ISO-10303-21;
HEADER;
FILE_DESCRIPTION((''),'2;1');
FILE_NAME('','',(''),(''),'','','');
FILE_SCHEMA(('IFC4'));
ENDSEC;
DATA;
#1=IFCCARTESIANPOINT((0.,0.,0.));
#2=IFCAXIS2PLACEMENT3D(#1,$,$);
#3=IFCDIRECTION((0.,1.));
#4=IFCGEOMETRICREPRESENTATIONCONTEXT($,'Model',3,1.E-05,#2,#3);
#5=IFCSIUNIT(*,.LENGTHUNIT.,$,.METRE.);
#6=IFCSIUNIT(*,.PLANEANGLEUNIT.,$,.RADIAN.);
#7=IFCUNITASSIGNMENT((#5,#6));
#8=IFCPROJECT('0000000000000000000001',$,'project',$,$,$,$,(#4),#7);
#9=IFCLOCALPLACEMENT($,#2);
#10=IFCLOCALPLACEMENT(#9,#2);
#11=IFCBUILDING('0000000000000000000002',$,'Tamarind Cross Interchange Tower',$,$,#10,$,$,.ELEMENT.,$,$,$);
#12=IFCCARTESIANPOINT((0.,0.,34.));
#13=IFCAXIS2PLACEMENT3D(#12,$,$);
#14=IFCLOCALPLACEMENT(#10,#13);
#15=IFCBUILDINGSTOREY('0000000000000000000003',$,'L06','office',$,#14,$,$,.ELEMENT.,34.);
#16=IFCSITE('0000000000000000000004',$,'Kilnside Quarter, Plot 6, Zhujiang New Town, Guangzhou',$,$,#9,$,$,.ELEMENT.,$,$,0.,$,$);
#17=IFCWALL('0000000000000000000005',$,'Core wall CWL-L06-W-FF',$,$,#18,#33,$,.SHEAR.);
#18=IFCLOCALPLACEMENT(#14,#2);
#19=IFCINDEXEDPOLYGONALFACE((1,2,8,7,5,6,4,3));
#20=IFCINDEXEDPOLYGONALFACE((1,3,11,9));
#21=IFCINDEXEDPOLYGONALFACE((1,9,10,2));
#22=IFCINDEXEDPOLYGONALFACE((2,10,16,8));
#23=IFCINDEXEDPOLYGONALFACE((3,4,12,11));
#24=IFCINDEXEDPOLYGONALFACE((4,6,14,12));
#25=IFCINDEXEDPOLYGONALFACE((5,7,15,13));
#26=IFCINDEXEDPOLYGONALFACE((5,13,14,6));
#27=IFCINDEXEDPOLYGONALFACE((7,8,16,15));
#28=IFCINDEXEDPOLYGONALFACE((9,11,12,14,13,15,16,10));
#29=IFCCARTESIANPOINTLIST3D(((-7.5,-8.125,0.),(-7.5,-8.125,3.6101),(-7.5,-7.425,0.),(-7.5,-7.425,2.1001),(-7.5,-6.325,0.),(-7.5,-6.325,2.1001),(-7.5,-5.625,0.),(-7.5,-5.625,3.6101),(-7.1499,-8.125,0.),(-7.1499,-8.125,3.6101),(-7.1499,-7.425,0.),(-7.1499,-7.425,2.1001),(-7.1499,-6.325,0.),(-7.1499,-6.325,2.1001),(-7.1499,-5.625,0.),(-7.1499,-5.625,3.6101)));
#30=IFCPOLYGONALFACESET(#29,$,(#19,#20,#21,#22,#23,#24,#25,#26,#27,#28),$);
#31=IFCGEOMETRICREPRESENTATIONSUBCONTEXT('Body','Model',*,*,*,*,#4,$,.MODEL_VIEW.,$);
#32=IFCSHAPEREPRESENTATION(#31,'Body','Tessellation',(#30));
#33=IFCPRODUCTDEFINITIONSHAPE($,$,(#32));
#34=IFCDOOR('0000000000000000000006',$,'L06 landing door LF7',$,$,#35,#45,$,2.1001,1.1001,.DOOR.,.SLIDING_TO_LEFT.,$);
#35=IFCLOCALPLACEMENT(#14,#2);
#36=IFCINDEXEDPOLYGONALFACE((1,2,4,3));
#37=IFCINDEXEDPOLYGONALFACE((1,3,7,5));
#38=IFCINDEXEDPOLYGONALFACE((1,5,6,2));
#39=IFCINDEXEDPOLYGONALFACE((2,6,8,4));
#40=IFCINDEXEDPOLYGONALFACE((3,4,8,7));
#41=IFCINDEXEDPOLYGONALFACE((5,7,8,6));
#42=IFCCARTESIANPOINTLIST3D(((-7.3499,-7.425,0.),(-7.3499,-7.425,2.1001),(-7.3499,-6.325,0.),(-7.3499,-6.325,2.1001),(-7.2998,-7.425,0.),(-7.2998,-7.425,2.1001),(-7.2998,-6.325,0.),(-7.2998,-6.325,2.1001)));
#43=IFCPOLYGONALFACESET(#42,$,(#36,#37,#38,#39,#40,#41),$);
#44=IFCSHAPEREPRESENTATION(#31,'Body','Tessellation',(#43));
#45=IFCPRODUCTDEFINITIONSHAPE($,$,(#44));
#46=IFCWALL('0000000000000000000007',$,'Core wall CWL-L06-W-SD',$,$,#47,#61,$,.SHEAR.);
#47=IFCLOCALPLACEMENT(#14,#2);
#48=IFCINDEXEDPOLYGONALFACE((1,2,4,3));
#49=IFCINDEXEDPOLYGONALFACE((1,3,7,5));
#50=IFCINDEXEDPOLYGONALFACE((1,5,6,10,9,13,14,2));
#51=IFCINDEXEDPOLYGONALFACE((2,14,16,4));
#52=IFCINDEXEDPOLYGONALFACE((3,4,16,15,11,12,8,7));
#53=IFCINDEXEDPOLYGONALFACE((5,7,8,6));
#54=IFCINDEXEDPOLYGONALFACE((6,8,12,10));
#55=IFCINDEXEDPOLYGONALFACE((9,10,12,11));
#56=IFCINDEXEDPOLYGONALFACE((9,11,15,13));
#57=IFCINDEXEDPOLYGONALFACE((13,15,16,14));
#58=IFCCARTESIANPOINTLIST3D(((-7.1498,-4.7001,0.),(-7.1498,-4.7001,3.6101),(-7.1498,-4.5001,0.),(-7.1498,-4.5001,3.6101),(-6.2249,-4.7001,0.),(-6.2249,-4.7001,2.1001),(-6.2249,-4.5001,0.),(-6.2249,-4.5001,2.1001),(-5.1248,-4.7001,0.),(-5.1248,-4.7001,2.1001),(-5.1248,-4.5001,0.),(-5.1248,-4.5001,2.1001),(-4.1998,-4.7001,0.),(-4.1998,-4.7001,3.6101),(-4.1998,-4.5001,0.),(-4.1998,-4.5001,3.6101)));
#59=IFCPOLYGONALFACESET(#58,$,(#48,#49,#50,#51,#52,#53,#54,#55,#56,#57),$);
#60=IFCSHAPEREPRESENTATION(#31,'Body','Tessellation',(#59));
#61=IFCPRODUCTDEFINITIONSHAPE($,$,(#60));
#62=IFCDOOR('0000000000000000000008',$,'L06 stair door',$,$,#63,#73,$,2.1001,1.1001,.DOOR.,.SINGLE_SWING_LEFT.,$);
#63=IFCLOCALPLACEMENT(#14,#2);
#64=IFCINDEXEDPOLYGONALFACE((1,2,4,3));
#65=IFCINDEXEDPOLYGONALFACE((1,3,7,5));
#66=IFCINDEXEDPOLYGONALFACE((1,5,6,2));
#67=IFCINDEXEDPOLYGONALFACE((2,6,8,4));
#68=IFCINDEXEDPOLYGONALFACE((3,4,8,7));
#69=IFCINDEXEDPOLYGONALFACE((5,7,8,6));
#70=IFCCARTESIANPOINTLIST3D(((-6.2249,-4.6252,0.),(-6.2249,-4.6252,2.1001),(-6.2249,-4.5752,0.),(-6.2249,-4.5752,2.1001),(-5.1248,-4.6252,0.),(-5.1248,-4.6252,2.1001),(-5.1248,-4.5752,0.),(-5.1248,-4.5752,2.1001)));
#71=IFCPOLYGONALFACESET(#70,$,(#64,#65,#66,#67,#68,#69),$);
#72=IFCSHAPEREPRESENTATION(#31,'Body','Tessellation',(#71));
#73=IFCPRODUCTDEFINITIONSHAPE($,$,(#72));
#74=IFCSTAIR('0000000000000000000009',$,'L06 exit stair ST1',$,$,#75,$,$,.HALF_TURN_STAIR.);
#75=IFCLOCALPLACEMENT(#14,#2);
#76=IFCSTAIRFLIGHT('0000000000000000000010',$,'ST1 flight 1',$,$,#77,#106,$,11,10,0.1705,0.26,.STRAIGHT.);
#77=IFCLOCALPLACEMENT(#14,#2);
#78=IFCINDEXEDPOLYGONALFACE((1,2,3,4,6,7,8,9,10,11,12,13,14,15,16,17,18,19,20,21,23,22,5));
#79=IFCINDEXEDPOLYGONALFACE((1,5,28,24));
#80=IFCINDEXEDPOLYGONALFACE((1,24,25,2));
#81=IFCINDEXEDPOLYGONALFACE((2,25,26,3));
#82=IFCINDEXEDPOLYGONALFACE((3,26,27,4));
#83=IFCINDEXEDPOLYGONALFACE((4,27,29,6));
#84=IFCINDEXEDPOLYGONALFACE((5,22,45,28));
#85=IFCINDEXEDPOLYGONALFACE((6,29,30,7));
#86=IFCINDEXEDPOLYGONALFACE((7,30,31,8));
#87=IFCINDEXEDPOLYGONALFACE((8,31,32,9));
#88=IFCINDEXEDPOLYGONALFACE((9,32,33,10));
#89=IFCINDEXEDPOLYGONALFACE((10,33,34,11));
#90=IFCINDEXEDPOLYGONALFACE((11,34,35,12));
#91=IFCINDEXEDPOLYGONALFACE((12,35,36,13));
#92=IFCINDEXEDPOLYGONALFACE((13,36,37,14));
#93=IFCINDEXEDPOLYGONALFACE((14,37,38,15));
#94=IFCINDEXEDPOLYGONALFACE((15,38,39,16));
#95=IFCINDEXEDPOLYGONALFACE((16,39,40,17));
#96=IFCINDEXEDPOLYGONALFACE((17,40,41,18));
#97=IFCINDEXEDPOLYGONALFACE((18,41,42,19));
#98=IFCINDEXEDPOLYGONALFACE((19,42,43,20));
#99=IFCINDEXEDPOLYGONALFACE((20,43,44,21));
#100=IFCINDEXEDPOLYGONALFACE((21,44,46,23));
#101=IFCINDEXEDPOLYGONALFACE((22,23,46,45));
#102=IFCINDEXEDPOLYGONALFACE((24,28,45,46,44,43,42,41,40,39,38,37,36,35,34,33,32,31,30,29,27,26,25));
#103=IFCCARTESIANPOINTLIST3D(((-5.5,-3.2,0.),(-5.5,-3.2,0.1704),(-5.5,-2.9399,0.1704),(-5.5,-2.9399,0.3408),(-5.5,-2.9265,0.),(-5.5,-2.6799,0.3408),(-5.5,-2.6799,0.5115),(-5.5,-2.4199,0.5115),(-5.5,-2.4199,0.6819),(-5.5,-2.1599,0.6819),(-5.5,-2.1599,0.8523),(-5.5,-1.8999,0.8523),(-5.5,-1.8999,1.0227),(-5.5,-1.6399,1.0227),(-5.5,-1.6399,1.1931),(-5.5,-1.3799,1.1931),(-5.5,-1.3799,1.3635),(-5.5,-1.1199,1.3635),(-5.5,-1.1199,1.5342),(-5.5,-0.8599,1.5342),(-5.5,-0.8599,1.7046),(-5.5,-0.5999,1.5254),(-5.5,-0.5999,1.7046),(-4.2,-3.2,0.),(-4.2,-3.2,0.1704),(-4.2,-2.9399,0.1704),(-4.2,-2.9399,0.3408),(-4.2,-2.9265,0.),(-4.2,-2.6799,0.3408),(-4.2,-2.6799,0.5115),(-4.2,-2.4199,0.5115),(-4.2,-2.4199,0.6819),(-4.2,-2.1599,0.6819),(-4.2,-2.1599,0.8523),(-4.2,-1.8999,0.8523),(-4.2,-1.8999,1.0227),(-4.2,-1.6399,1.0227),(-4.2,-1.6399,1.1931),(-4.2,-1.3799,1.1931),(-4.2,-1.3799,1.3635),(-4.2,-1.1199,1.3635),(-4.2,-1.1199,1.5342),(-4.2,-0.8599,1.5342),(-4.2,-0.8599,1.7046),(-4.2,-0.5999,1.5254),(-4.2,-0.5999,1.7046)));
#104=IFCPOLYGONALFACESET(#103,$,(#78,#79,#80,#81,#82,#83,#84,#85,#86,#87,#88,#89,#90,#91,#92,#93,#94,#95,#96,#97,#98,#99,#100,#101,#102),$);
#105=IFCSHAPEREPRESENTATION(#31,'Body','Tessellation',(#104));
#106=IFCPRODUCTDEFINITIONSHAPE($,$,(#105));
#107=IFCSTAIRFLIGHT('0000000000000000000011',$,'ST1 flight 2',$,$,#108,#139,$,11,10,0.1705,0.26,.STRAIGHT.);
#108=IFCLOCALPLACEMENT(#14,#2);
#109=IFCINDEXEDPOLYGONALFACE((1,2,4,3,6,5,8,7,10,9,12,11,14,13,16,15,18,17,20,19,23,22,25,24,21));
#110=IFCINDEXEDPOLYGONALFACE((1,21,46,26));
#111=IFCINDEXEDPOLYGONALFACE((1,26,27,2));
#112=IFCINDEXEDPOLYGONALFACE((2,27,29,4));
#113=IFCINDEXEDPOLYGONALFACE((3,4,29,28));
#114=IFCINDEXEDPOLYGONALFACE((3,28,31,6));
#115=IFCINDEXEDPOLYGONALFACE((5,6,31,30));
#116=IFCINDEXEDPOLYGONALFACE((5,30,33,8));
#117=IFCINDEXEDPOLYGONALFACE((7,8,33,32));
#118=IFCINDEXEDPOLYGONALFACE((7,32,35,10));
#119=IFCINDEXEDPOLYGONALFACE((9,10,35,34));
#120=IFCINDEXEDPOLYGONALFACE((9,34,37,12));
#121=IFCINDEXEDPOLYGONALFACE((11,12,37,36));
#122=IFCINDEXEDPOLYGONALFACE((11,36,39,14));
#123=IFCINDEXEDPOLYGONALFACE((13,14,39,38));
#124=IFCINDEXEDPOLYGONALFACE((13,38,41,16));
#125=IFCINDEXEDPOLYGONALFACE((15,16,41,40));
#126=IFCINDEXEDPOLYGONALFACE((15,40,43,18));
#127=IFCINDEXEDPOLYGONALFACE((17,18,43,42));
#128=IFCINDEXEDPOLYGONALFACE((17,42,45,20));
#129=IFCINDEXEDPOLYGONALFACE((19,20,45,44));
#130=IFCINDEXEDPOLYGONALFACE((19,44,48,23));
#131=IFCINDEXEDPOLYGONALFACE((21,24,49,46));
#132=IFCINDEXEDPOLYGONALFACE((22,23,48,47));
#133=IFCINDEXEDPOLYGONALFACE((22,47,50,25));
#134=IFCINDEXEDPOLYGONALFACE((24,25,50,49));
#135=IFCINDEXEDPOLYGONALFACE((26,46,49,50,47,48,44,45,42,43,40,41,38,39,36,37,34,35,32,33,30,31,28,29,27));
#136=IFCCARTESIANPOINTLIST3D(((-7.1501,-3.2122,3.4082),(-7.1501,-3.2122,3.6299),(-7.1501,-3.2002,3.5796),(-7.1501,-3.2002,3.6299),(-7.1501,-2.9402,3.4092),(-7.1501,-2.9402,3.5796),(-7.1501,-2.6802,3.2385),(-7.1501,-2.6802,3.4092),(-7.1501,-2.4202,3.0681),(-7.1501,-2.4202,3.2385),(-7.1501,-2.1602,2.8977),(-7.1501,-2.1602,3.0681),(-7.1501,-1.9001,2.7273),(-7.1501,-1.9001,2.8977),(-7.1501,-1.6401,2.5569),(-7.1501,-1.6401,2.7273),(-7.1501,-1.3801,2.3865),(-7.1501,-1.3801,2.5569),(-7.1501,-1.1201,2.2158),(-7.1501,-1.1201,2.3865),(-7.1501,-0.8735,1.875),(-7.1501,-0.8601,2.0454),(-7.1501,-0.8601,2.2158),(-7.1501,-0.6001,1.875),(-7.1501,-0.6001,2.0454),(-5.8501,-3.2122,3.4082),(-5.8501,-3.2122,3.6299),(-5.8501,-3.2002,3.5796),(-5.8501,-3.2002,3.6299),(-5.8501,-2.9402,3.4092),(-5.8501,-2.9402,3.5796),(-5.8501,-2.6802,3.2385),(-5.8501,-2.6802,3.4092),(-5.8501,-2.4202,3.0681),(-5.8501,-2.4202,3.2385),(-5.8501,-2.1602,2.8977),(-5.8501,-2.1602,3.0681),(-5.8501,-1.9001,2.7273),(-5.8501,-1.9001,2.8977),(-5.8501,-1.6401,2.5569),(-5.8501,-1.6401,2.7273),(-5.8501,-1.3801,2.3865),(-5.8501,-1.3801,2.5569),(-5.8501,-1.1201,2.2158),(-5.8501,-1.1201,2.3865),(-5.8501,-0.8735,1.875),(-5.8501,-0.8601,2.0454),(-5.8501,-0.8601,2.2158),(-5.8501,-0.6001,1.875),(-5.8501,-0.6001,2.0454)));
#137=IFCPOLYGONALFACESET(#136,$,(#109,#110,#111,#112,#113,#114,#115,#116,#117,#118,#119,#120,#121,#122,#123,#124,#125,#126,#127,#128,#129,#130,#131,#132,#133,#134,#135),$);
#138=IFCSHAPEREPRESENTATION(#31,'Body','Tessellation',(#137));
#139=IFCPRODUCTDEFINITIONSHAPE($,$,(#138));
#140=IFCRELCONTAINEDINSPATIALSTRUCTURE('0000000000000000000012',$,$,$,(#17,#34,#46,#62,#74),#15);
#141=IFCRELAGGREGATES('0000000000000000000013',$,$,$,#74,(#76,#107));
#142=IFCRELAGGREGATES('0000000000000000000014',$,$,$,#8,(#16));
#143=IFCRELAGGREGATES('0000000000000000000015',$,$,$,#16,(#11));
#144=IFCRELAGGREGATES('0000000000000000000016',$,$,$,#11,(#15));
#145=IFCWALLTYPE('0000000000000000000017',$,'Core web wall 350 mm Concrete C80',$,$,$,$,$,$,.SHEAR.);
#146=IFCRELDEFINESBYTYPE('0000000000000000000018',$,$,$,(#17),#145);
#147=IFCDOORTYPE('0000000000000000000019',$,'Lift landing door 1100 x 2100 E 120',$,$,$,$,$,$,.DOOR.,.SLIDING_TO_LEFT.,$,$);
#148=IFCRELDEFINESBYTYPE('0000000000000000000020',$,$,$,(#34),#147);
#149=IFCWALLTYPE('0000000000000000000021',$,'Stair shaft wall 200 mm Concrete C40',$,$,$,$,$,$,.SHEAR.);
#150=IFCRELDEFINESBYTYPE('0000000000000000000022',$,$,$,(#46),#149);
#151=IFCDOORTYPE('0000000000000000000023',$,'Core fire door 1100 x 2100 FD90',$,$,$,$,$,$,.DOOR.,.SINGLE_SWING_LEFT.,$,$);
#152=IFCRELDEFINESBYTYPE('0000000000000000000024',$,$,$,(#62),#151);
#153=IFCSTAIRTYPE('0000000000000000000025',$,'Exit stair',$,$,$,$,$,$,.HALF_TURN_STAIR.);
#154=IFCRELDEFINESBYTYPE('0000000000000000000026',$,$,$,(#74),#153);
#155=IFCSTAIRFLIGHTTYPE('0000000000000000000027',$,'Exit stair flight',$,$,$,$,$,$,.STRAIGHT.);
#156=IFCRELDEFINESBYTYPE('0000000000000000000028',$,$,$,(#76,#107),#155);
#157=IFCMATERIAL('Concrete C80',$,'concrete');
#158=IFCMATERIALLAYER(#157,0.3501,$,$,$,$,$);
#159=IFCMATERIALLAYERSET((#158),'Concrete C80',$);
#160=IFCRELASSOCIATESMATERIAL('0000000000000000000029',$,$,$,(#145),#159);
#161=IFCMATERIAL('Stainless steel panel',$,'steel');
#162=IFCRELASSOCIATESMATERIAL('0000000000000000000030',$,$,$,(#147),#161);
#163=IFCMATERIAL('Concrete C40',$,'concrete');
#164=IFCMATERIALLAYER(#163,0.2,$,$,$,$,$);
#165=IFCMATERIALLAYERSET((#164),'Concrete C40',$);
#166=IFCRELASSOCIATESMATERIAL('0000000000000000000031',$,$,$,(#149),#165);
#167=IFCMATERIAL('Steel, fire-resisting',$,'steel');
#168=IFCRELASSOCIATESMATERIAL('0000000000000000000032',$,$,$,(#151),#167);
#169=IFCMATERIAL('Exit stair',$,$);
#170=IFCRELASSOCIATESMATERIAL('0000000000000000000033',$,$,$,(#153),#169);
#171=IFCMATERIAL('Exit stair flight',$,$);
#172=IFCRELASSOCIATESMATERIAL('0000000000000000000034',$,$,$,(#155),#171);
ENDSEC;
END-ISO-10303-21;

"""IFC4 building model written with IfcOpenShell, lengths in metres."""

from ifc_helpers import new_model, si_unit, direction, frame, frame_2d, origin, place, context, subcontext, project, spatial, polyline, rectangle, outline, extrude, material, layer, layer_set, type_object, element, fill, aggregate, save


model = new_model("IFC4")

# Units and contexts
model_context = context("Model", 3, precision=1e-05, world=origin(), true_north=direction((0.0, 1.0)))
body_context = subcontext(model_context, "Body", "Model", "MODEL_VIEW")
ifc_project = project(units=[si_unit("LENGTHUNIT", "METRE"), si_unit("PLANEANGLEUNIT", "RADIAN")], contexts=[model_context])

# Site, building, storey
site_placement = place(None, origin())
site = spatial("IfcSite", under=ifc_project, at=site_placement, Name="Kilnside Quarter, Plot 6, Zhujiang New Town, Guangzhou", CompositionType="ELEMENT", RefElevation=0.0)
building_placement = place(site_placement, origin())
building = spatial("IfcBuilding", under=site, at=building_placement, Name="Tamarind Cross Interchange Tower", CompositionType="ELEMENT")
storey_placement = place(building_placement, frame((0.0, 0.0, 34.0)))
storey = spatial("IfcBuildingStorey", under=building, at=storey_placement, Name="L06", Description="office", CompositionType="ELEMENT", Elevation=34.0)

# Shared definitions
ifc_material_1 = material(Name="Concrete C80", Category="concrete")
ifc_material_2 = material(Name="Steel, fire-resisting", Category="steel")

# Shared definitions
ifc_layer_1 = layer(ifc_material_1, 0.3501)
ifc_layer_set_1 = layer_set([ifc_layer_1], Name="Concrete C80")
wall_type_1 = type_object("IfcWallType", Name="Core web wall 350 mm Concrete C80", PredefinedType="SHEAR", material=ifc_layer_set_1)

# Walls, openings, doors
wall_1_placement = place(storey_placement, frame((-7.325, -8.125, 0.0), z_axis=(0.0, 0.0, 1.0), x_axis=(0.0, 1.0, 0.0)))
wall_1 = element("IfcWall", 1, at=wall_1_placement, inside=storey, type_object=wall_type_1, Name="Core wall CWL-L06-W-FF", PredefinedType="SHEAR", context=body_context, shape_type="SweptSolid", body=[
    extrude(rectangle(XDim=2.5, YDim=0.3501, at=frame_2d((1.25, 0.0))), origin(), (0.0, 0.0, 1.0), 3.6101),
])
opening_1_placement = place(wall_1_placement, frame((0.7, 0.0, 0.0)))
opening_1 = element("IfcOpeningElement", 2, at=opening_1_placement, cuts=wall_1, PredefinedType="OPENING", context=body_context, shape_type="SweptSolid", body=[
    extrude(rectangle(XDim=1.1001, YDim=2.1001, at=frame_2d((0.55, 1.05))), frame((0.0, 0.1851, 0.0), z_axis=(0.0, -1.0, 0.0), x_axis=(1.0, 0.0, 0.0)), (0.0, 0.0, 1.0), 0.3701),
])
ifc_material_3 = material(Name="Stainless steel panel", Category="steel")
door_type_1 = type_object("IfcDoorType", Name="Lift landing door 1100 x 2100 E 120", OperationType="SLIDING_TO_LEFT", PredefinedType="DOOR", material=ifc_material_3)
door_1_placement = place(opening_1_placement, origin())
door_1 = element("IfcDoor", 3, at=door_1_placement, inside=storey, type_object=door_type_1, Name="L06 landing door LF7", OperationType="SLIDING_TO_LEFT", OverallHeight=2.1001, OverallWidth=1.1001, PredefinedType="DOOR", context=body_context, shape_type="SweptSolid", body=[
    extrude(rectangle(XDim=1.1001, YDim=2.1001, at=frame_2d((0.55, 1.05))), frame((0.0, 0.0249, 0.0), z_axis=(0.0, -1.0, 0.0), x_axis=(1.0, 0.0, 0.0)), (0.0, 0.0, 1.0), 0.05),
])
fill(opening_1, door_1)
ifc_material_4 = material(Name="Concrete C40", Category="concrete")
ifc_layer_2 = layer(ifc_material_4, 0.2)
ifc_layer_set_2 = layer_set([ifc_layer_2], Name="Concrete C40")
wall_type_2 = type_object("IfcWallType", Name="Stair shaft wall 200 mm Concrete C40", PredefinedType="SHEAR", material=ifc_layer_set_2)
wall_2_placement = place(storey_placement, frame((-7.1499, -4.6001, 0.0), z_axis=(0.0, 0.0, 1.0), x_axis=(1.0, 0.0, 0.0)))
wall_2 = element("IfcWall", 4, at=wall_2_placement, inside=storey, type_object=wall_type_2, Name="Core wall CWL-L06-W-SD", PredefinedType="SHEAR", context=body_context, shape_type="SweptSolid", body=[
    extrude(rectangle(XDim=2.95, YDim=0.2, at=frame_2d((1.4751, 0.0))), origin(), (0.0, 0.0, 1.0), 3.6101),
])
opening_2_placement = place(wall_2_placement, frame((0.925, 0.0, 0.0)))
opening_2 = element("IfcOpeningElement", 5, at=opening_2_placement, cuts=wall_2, PredefinedType="OPENING", context=body_context, shape_type="SweptSolid", body=[
    extrude(rectangle(XDim=1.1001, YDim=2.1001, at=frame_2d((0.55, 1.05))), frame((0.0, 0.1099, 0.0), z_axis=(0.0, -1.0, 0.0), x_axis=(1.0, 0.0, 0.0)), (0.0, 0.0, 1.0), 0.22),
])
door_type_2 = type_object("IfcDoorType", Name="Core fire door 1100 x 2100 FD90", OperationType="SINGLE_SWING_LEFT", PredefinedType="DOOR", material=ifc_material_2)
door_2_placement = place(opening_2_placement, origin())
door_2 = element("IfcDoor", 6, at=door_2_placement, inside=storey, type_object=door_type_2, Name="L06 stair door", OperationType="SINGLE_SWING_LEFT", OverallHeight=2.1001, OverallWidth=1.1001, PredefinedType="DOOR", context=body_context, shape_type="SweptSolid", body=[
    extrude(rectangle(XDim=1.1001, YDim=2.1001, at=frame_2d((0.55, 1.05))), frame((0.0, 0.0249, 0.0), z_axis=(0.0, -1.0, 0.0), x_axis=(1.0, 0.0, 0.0)), (0.0, 0.0, 1.0), 0.05),
])
fill(opening_2, door_2)

# Stair, stair flights
ifc_material_5 = material(Name="Exit stair")
stair_type = type_object("IfcStairType", Name="Exit stair", PredefinedType="HALF_TURN_STAIR", material=ifc_material_5)
stair_placement = place(storey_placement, origin())
stair = element("IfcStair", 7, at=stair_placement, inside=storey, type_object=stair_type, Name="L06 exit stair ST1", PredefinedType="HALF_TURN_STAIR")
ifc_material_6 = material(Name="Exit stair flight")
stair_flight_type = type_object("IfcStairFlightType", Name="Exit stair flight", PredefinedType="STRAIGHT", material=ifc_material_6)
stair_flight_1_placement = place(storey_placement, frame((-4.8501, -3.2, 0.0), z_axis=(0.0, 0.0, 1.0), x_axis=(0.0, 1.0, 0.0)))
stair_flight_1 = element("IfcStairFlight", 8, at=stair_flight_1_placement, type_object=stair_flight_type, Name="ST1 flight 1", NumberOfRisers=11, NumberOfTreads=10, PredefinedType="STRAIGHT", RiserHeight=0.1705, TreadLength=0.26, context=body_context, shape_type="SweptSolid", body=[
    extrude(outline(polyline([(0.0, 0.0), (0.0, 0.1704), (0.26, 0.1704), (0.26, 0.3408), (0.52, 0.3408), (0.52, 0.5115), (0.78, 0.5115), (0.78, 0.6819), (1.04, 0.6819), (1.04, 0.8523), (1.3, 0.8523), (1.3, 1.0227), (1.5601, 1.0227), (1.5601, 1.1931), (1.8201, 1.1931), (1.8201, 1.3635), (2.0801, 1.3635), (2.0801, 1.5342), (2.3401, 1.5342), (2.3401, 1.7046), (2.6001, 1.7046), (2.6001, 1.875), (2.6001, 1.5254), (0.2734, 0.0), (0.0, 0.0)])), frame((0.0, 0.6499, 0.0), z_axis=(0.0, -1.0, 0.0), x_axis=(1.0, 0.0, 0.0)), (0.0, 0.0, 1.0), 1.3),
])
stair_flight_2_placement = place(storey_placement, frame((-6.5, -0.6001, 1.875), z_axis=(0.0, 0.0, 1.0), x_axis=(0.0, -1.0, 0.0)))
stair_flight_2 = element("IfcStairFlight", 9, at=stair_flight_2_placement, type_object=stair_flight_type, Name="ST1 flight 2", NumberOfRisers=11, NumberOfTreads=10, PredefinedType="STRAIGHT", RiserHeight=0.1705, TreadLength=0.26, context=body_context, shape_type="SweptSolid", body=[
    extrude(outline(polyline([(0.0, 0.0), (0.0, 0.1704), (0.26, 0.1704), (0.26, 0.3408), (0.52, 0.3408), (0.52, 0.5115), (0.78, 0.5115), (0.78, 0.6819), (1.04, 0.6819), (1.04, 0.8523), (1.3, 0.8523), (1.3, 1.0227), (1.5601, 1.0227), (1.5601, 1.1931), (1.8201, 1.1931), (1.8201, 1.3635), (2.0801, 1.3635), (2.0801, 1.5342), (2.3401, 1.5342), (2.3401, 1.7046), (2.6001, 1.7046), (2.6001, 1.7549), (2.6121, 1.7549), (2.6121, 1.5332), (0.2734, 0.0), (0.0, 0.0)])), frame((0.0, 0.6499, 0.0), z_axis=(0.0, -1.0, 0.0), x_axis=(1.0, 0.0, 0.0)), (0.0, 0.0, 1.0), 1.3),
])
aggregate(stair, [stair_flight_1, stair_flight_2])

save(model, "model.ifc")
